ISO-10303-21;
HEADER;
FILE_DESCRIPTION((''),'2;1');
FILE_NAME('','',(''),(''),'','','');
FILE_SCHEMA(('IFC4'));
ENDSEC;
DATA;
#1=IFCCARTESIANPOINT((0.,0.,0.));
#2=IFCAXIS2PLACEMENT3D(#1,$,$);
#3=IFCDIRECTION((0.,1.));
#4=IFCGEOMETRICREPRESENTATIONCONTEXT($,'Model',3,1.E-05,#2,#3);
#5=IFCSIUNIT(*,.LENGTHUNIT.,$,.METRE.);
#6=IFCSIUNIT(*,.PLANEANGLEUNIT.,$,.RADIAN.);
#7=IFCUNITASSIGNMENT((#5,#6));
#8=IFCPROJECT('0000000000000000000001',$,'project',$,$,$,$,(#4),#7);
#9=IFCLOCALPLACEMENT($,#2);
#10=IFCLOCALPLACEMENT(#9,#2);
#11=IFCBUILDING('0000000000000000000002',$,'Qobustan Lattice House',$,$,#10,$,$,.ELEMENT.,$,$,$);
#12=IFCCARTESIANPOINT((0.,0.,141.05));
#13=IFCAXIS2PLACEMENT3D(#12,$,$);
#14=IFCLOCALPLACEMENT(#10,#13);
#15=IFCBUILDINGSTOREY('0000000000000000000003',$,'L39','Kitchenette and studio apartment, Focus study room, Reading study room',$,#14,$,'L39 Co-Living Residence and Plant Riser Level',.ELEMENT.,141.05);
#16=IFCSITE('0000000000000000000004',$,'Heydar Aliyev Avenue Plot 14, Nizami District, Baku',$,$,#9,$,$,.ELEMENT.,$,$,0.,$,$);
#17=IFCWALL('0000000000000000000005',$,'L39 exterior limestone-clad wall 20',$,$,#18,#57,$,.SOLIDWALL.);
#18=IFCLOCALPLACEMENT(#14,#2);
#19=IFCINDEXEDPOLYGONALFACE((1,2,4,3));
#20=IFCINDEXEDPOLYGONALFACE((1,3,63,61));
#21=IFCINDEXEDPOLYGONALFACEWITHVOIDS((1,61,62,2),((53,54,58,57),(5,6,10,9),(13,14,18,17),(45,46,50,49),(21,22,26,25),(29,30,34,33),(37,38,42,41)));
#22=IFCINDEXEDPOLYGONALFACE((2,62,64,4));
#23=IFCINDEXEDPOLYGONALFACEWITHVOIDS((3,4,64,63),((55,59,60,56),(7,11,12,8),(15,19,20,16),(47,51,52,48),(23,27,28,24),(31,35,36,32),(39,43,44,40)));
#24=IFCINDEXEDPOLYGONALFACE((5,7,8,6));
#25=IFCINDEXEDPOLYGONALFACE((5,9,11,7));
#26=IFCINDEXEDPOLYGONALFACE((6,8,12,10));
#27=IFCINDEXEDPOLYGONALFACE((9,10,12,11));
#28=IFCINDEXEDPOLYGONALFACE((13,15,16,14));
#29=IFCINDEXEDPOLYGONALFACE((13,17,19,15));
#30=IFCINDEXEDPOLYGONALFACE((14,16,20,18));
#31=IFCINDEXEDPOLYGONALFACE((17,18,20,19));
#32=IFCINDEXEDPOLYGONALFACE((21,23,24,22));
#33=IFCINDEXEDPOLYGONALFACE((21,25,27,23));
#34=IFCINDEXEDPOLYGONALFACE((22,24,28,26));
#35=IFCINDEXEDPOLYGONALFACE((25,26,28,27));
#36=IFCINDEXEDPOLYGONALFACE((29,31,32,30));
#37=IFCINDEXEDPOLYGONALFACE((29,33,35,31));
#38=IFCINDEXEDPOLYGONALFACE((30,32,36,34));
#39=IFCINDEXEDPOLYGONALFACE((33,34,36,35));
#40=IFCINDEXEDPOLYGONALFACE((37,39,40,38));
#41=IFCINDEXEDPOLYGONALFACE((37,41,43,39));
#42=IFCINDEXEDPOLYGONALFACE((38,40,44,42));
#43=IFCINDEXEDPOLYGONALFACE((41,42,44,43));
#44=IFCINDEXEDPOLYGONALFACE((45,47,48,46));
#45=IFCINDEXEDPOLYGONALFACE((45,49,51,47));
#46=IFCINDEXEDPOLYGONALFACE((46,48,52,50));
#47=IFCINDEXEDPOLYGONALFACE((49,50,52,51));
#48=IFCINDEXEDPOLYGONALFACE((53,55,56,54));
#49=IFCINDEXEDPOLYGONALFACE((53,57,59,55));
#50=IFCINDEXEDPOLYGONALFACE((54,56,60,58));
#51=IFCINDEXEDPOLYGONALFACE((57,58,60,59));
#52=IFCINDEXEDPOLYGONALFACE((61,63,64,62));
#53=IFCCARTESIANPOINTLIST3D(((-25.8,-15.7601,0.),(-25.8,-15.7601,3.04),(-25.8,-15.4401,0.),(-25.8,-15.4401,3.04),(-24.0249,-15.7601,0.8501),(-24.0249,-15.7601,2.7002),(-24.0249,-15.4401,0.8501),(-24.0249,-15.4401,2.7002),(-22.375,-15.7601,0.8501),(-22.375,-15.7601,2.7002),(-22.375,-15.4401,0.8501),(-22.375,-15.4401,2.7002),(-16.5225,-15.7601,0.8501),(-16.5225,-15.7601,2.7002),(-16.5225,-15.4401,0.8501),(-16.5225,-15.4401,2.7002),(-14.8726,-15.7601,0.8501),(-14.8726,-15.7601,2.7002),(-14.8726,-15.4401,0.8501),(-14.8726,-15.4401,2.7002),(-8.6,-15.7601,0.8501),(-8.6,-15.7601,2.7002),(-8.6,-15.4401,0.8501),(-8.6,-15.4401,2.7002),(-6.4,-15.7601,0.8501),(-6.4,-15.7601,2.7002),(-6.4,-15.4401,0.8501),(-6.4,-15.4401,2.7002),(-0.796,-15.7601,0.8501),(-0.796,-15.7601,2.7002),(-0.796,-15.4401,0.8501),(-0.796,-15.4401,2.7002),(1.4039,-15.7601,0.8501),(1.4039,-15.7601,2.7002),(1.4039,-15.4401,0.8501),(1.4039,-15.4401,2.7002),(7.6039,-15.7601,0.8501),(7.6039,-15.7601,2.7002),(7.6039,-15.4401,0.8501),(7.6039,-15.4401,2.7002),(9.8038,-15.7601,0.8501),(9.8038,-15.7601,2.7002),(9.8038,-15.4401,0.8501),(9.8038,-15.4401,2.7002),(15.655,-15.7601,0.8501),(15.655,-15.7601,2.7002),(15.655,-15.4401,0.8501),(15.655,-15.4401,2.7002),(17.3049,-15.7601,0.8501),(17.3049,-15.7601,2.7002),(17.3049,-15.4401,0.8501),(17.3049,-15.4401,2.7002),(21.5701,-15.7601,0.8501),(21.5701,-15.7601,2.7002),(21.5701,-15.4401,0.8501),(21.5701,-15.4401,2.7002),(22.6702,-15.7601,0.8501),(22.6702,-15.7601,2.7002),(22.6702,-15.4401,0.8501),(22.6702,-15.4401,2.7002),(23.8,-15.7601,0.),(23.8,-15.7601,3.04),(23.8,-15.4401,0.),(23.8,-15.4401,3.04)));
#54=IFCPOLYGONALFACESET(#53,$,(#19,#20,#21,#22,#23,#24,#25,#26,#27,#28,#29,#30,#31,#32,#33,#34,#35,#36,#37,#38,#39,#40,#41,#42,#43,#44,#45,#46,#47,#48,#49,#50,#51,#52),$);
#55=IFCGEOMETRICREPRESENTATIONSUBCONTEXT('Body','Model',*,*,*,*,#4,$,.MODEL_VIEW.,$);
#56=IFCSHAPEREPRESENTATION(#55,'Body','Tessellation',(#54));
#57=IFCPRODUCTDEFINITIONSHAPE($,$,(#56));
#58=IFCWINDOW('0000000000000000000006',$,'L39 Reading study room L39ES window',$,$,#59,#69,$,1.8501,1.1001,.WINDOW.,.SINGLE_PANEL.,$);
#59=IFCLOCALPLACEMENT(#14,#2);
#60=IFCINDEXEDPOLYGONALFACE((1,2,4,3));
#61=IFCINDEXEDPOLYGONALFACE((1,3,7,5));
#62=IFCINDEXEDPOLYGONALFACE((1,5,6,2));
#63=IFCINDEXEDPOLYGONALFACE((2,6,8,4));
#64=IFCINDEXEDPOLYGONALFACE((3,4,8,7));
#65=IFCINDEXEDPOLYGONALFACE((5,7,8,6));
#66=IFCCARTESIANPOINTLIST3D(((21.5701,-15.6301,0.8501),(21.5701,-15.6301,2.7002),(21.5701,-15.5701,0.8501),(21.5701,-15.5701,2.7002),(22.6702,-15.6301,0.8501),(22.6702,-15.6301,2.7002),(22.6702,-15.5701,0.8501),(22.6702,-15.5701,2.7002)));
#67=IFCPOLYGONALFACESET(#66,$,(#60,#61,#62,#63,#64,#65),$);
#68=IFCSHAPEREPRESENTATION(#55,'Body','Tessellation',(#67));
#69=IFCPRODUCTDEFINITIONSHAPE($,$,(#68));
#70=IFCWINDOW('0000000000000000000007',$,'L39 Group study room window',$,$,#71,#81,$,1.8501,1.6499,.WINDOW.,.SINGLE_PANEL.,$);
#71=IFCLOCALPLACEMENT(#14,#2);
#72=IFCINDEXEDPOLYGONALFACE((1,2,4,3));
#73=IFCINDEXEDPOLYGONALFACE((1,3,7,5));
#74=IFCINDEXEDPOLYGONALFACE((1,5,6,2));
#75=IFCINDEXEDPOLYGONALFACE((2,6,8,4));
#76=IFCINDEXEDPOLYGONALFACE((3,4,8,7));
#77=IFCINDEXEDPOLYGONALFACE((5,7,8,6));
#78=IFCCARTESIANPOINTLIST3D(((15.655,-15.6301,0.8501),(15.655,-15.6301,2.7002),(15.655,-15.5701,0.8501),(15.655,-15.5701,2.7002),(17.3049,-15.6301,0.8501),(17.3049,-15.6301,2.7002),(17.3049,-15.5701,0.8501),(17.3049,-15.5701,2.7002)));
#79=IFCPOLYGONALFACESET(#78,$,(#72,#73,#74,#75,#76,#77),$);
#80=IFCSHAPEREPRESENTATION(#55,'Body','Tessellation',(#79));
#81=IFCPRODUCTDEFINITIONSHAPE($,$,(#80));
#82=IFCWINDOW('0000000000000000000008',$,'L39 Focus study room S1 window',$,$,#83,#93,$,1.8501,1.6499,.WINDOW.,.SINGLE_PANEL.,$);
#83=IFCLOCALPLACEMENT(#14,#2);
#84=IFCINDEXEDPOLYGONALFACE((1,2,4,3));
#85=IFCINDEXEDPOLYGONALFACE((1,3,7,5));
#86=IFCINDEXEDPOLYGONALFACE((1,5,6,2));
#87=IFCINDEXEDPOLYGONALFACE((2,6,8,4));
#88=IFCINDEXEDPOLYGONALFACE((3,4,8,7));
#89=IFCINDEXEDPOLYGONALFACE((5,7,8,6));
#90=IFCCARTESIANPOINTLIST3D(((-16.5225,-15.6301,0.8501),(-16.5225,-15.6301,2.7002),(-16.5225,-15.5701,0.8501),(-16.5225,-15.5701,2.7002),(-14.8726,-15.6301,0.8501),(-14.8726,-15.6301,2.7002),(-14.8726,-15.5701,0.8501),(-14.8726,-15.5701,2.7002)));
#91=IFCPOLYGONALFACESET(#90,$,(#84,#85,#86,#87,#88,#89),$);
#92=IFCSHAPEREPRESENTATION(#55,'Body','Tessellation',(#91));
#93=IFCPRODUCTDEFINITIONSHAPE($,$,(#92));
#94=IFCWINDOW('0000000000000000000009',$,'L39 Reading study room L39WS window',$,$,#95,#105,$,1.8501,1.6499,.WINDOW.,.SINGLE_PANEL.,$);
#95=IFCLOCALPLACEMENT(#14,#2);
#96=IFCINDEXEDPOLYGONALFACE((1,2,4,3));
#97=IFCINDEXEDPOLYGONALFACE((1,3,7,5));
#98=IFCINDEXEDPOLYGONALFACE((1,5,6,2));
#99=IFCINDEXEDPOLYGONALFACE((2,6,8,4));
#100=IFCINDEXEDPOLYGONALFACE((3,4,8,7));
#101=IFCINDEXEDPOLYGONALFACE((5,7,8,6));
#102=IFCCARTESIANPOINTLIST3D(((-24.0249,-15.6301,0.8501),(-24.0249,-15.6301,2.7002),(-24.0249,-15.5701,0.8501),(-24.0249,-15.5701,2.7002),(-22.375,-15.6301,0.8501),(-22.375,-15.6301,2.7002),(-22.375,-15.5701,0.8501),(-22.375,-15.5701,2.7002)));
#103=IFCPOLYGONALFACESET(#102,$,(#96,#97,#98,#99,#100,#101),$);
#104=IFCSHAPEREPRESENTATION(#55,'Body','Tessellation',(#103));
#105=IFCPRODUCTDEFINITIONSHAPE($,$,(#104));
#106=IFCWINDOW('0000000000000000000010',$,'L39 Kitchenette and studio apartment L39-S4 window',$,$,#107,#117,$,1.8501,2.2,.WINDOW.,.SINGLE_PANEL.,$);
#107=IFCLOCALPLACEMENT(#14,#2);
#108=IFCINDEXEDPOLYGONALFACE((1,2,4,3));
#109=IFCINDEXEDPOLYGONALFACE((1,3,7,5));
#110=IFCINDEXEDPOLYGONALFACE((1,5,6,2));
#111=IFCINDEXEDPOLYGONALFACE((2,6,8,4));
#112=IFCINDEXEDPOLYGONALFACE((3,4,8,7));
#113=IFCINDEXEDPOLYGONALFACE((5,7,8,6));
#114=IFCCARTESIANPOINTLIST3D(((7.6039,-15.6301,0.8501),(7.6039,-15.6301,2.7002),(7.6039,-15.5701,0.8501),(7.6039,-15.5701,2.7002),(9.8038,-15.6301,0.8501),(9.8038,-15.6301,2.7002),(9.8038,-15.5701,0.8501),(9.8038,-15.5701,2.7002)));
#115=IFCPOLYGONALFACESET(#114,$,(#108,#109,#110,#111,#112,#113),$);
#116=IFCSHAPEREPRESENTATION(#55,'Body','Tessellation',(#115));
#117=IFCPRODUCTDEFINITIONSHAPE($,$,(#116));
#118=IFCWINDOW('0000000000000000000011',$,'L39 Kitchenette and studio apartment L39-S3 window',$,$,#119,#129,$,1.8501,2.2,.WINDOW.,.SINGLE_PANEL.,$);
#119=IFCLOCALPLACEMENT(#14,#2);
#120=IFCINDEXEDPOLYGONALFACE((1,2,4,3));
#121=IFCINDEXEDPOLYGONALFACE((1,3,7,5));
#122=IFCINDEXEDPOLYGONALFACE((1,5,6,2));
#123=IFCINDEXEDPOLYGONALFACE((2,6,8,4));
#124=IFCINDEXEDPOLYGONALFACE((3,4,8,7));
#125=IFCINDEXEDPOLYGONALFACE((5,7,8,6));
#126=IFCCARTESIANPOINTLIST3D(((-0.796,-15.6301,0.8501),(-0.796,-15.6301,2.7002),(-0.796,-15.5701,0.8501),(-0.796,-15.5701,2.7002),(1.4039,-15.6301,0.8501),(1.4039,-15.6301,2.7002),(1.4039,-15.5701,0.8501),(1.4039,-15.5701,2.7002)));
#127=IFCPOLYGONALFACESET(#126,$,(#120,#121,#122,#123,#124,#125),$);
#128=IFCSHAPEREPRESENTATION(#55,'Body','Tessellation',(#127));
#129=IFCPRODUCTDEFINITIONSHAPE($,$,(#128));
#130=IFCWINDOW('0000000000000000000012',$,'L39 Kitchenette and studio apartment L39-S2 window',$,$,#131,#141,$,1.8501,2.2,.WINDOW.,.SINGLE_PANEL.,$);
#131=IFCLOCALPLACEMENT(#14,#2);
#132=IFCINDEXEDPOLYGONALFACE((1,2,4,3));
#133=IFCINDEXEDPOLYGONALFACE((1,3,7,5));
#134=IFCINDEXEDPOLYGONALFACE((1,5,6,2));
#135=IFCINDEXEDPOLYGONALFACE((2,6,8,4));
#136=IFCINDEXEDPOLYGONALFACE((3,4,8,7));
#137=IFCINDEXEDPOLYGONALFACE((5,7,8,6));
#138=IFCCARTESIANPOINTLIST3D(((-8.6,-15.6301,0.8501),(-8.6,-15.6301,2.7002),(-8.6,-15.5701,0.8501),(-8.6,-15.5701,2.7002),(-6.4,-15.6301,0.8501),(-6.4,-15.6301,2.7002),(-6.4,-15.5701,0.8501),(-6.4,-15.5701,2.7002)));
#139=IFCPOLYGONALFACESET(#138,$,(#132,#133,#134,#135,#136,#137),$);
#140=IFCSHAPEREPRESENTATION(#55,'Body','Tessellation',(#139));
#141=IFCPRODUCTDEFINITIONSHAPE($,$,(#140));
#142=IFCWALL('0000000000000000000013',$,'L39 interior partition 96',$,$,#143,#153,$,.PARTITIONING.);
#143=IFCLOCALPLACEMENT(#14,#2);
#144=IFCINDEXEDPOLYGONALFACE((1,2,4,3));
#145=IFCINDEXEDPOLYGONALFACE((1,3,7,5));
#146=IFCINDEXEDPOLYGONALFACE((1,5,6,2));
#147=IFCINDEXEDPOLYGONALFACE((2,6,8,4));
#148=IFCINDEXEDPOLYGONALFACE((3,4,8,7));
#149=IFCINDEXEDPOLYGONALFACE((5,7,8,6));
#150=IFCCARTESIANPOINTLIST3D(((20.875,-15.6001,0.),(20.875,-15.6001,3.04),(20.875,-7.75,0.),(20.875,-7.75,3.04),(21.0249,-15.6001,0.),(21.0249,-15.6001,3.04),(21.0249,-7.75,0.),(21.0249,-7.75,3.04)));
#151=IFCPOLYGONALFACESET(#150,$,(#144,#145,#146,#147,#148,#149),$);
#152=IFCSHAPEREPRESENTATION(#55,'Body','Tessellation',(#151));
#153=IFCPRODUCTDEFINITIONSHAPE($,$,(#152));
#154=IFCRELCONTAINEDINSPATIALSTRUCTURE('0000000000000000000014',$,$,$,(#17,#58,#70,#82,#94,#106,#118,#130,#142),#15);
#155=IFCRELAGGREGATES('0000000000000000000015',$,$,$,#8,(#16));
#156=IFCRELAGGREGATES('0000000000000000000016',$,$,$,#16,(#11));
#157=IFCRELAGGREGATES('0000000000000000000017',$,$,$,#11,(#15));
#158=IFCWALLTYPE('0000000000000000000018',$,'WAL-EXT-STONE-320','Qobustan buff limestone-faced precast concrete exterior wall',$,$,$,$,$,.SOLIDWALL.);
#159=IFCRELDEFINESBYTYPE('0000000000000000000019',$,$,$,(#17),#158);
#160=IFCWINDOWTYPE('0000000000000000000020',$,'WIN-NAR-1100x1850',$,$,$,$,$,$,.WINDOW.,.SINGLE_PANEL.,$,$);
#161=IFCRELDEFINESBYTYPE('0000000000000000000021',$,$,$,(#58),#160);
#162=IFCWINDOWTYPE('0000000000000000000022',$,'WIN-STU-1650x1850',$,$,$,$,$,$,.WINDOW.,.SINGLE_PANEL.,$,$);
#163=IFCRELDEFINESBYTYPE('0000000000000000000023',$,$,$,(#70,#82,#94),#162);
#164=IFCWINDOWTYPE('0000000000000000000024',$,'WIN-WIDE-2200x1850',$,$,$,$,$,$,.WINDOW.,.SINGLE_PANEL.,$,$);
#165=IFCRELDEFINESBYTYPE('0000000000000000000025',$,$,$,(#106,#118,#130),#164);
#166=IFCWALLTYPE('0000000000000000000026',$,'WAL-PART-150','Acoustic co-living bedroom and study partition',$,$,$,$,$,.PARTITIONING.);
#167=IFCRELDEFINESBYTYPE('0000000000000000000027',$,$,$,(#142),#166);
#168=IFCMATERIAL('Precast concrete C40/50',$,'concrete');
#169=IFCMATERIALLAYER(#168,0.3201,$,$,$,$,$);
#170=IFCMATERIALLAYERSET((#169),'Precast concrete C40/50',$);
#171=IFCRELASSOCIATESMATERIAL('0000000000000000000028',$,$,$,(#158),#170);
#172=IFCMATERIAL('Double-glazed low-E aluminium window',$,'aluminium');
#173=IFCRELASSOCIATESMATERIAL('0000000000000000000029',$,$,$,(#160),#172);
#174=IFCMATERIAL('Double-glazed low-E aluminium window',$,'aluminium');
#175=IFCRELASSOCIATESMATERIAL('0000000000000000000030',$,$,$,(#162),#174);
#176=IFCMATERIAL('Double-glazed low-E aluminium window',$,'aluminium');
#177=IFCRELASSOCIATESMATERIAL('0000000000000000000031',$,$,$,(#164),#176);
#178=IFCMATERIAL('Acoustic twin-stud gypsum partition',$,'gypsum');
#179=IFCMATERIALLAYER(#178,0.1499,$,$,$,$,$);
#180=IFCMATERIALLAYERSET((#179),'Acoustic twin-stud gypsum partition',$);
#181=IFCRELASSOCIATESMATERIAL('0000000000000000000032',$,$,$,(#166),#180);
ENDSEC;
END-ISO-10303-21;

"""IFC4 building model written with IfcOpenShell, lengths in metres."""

from ifc_helpers import new_model, si_unit, direction, frame, frame_2d, origin, place, context, subcontext, project, spatial, rectangle, extrude, material, layer, layer_set, type_object, element, fill, save


model = new_model("IFC4")

# Units and contexts
model_context = context("Model", 3, precision=1e-05, world=origin(), true_north=direction((0.0, 1.0)))
body_context = subcontext(model_context, "Body", "Model", "MODEL_VIEW")
ifc_project = project(units=[si_unit("LENGTHUNIT", "METRE"), si_unit("PLANEANGLEUNIT", "RADIAN")], contexts=[model_context])

# Site, building, storey
site_placement = place(None, origin())
site = spatial("IfcSite", under=ifc_project, at=site_placement, Name="Heydar Aliyev Avenue Plot 14, Nizami District, Baku", CompositionType="ELEMENT", RefElevation=0.0)
building_placement = place(site_placement, origin())
building = spatial("IfcBuilding", under=site, at=building_placement, Name="Qobustan Lattice House", CompositionType="ELEMENT")
storey_placement = place(building_placement, frame((0.0, 0.0, 141.05)))
storey = spatial("IfcBuildingStorey", under=building, at=storey_placement, Name="L39", Description="Kitchenette and studio apartment, Focus study room, Reading study room", LongName="L39 Co-Living Residence and Plant Riser Level", CompositionType="ELEMENT", Elevation=141.05)

# Shared definitions
ifc_material_1 = material(Name="Precast concrete C40/50", Category="concrete")
ifc_layer_1 = layer(ifc_material_1, 0.3201)
ifc_layer_set_1 = layer_set([ifc_layer_1], Name="Precast concrete C40/50")
wall_type_1 = type_object("IfcWallType", Name="WAL-EXT-STONE-320", Description="Qobustan buff limestone-faced precast concrete exterior wall", PredefinedType="SOLIDWALL", material=ifc_layer_set_1)

# Wall, openings, windows
wall_1_placement = place(storey_placement, frame((23.8, -15.6001, 0.0), z_axis=(0.0, 0.0, 1.0), x_axis=(-1.0, 0.0, 0.0)))
wall_1 = element("IfcWall", 1, at=wall_1_placement, inside=storey, type_object=wall_type_1, Name="L39 exterior limestone-clad wall 20", PredefinedType="SOLIDWALL", context=body_context, shape_type="SweptSolid", body=[
    extrude(rectangle(XDim=49.6001, YDim=0.3201, at=frame_2d((24.8, 0.0))), origin(), (0.0, 0.0, 1.0), 3.04),
])
opening_1_placement = place(wall_1_placement, frame((1.1299, 0.0, 0.8501)))
opening_1 = element("IfcOpeningElement", 2, at=opening_1_placement, cuts=wall_1, PredefinedType="OPENING", context=body_context, shape_type="SweptSolid", body=[
    extrude(rectangle(XDim=1.1001, YDim=1.8501, at=frame_2d((0.55, 0.925))), frame((0.0, 0.1699, 0.0), z_axis=(0.0, -1.0, 0.0), x_axis=(1.0, 0.0, 0.0)), (0.0, 0.0, 1.0), 0.3401),
])
opening_2_placement = place(wall_1_placement, frame((6.4951, 0.0, 0.8501)))
opening_2 = element("IfcOpeningElement", 3, at=opening_2_placement, cuts=wall_1, PredefinedType="OPENING", context=body_context, shape_type="SweptSolid", body=[
    extrude(rectangle(XDim=1.6499, YDim=1.8501, at=frame_2d((0.825, 0.925))), frame((0.0, 0.1699, 0.0), z_axis=(0.0, -1.0, 0.0), x_axis=(1.0, 0.0, 0.0)), (0.0, 0.0, 1.0), 0.3401),
])
opening_3_placement = place(wall_1_placement, frame((13.9961, 0.0, 0.8501)))
opening_3 = element("IfcOpeningElement", 4, at=opening_3_placement, cuts=wall_1, PredefinedType="OPENING", context=body_context, shape_type="SweptSolid", body=[
    extrude(rectangle(XDim=2.2, YDim=1.8501, at=frame_2d((1.1001, 0.925))), frame((0.0, 0.1699, 0.0), z_axis=(0.0, -1.0, 0.0), x_axis=(1.0, 0.0, 0.0)), (0.0, 0.0, 1.0), 0.3401),
])
opening_4_placement = place(wall_1_placement, frame((22.396, 0.0, 0.8501)))
opening_4 = element("IfcOpeningElement", 5, at=opening_4_placement, cuts=wall_1, PredefinedType="OPENING", context=body_context, shape_type="SweptSolid", body=[
    extrude(rectangle(XDim=2.2, YDim=1.8501, at=frame_2d((1.1001, 0.925))), frame((0.0, 0.1699, 0.0), z_axis=(0.0, -1.0, 0.0), x_axis=(1.0, 0.0, 0.0)), (0.0, 0.0, 1.0), 0.3401),
])
opening_5_placement = place(wall_1_placement, frame((30.2, 0.0, 0.8501)))
opening_5 = element("IfcOpeningElement", 6, at=opening_5_placement, cuts=wall_1, PredefinedType="OPENING", context=body_context, shape_type="SweptSolid", body=[
    extrude(rectangle(XDim=2.2, YDim=1.8501, at=frame_2d((1.1001, 0.925))), frame((0.0, 0.1699, 0.0), z_axis=(0.0, -1.0, 0.0), x_axis=(1.0, 0.0, 0.0)), (0.0, 0.0, 1.0), 0.3401),
])
opening_6_placement = place(wall_1_placement, frame((38.6726, 0.0, 0.8501)))
opening_6 = element("IfcOpeningElement", 7, at=opening_6_placement, cuts=wall_1, PredefinedType="OPENING", context=body_context, shape_type="SweptSolid", body=[
    extrude(rectangle(XDim=1.6499, YDim=1.8501, at=frame_2d((0.825, 0.925))), frame((0.0, 0.1699, 0.0), z_axis=(0.0, -1.0, 0.0), x_axis=(1.0, 0.0, 0.0)), (0.0, 0.0, 1.0), 0.3401),
])
opening_7_placement = place(wall_1_placement, frame((46.175, 0.0, 0.8501)))
opening_7 = element("IfcOpeningElement", 8, at=opening_7_placement, cuts=wall_1, PredefinedType="OPENING", context=body_context, shape_type="SweptSolid", body=[
    extrude(rectangle(XDim=1.6499, YDim=1.8501, at=frame_2d((0.825, 0.925))), frame((0.0, 0.1699, 0.0), z_axis=(0.0, -1.0, 0.0), x_axis=(1.0, 0.0, 0.0)), (0.0, 0.0, 1.0), 0.3401),
])
ifc_material_2 = material(Name="Double-glazed low-E aluminium window", Category="aluminium")
window_type_1 = type_object("IfcWindowType", Name="WIN-NAR-1100x1850", PartitioningType="SINGLE_PANEL", PredefinedType="WINDOW", material=ifc_material_2)
window_1_placement = place(opening_1_placement, origin())
window_1 = element("IfcWindow", 9, at=window_1_placement, inside=storey, type_object=window_type_1, Name="L39 Reading study room L39ES window", OverallHeight=1.8501, OverallWidth=1.1001, PartitioningType="SINGLE_PANEL", PredefinedType="WINDOW", context=body_context, shape_type="SweptSolid", body=[
    extrude(rectangle(XDim=1.1001, YDim=1.8501, at=frame_2d((0.55, 0.925))), frame((0.0, 0.03, 0.0), z_axis=(0.0, -1.0, 0.0), x_axis=(1.0, 0.0, 0.0)), (0.0, 0.0, 1.0), 0.0601),
])
fill(opening_1, window_1)
ifc_material_3 = material(Name="Double-glazed low-E aluminium window", Category="aluminium")
window_type_2 = type_object("IfcWindowType", Name="WIN-STU-1650x1850", PartitioningType="SINGLE_PANEL", PredefinedType="WINDOW", material=ifc_material_3)
window_2_placement = place(opening_2_placement, origin())
window_2 = element("IfcWindow", 10, at=window_2_placement, inside=storey, type_object=window_type_2, Name="L39 Group study room window", OverallHeight=1.8501, OverallWidth=1.6499, PartitioningType="SINGLE_PANEL", PredefinedType="WINDOW", context=body_context, shape_type="SweptSolid", body=[
    extrude(rectangle(XDim=1.6499, YDim=1.8501, at=frame_2d((0.825, 0.925))), frame((0.0, 0.03, 0.0), z_axis=(0.0, -1.0, 0.0), x_axis=(1.0, 0.0, 0.0)), (0.0, 0.0, 1.0), 0.0601),
])
fill(opening_2, window_2)
window_3_placement = place(opening_6_placement, origin())
window_3 = element("IfcWindow", 11, at=window_3_placement, inside=storey, type_object=window_type_2, Name="L39 Focus study room S1 window", OverallHeight=1.8501, OverallWidth=1.6499, PartitioningType="SINGLE_PANEL", PredefinedType="WINDOW", context=body_context, shape_type="SweptSolid", body=[
    extrude(rectangle(XDim=1.6499, YDim=1.8501, at=frame_2d((0.825, 0.925))), frame((0.0, 0.03, 0.0), z_axis=(0.0, -1.0, 0.0), x_axis=(1.0, 0.0, 0.0)), (0.0, 0.0, 1.0), 0.0601),
])
fill(opening_6, window_3)
window_4_placement = place(opening_7_placement, origin())
window_4 = element("IfcWindow", 12, at=window_4_placement, inside=storey, type_object=window_type_2, Name="L39 Reading study room L39WS window", OverallHeight=1.8501, OverallWidth=1.6499, PartitioningType="SINGLE_PANEL", PredefinedType="WINDOW", context=body_context, shape_type="SweptSolid", body=[
    extrude(rectangle(XDim=1.6499, YDim=1.8501, at=frame_2d((0.825, 0.925))), frame((0.0, 0.03, 0.0), z_axis=(0.0, -1.0, 0.0), x_axis=(1.0, 0.0, 0.0)), (0.0, 0.0, 1.0), 0.0601),
])
fill(opening_7, window_4)
ifc_material_4 = material(Name="Double-glazed low-E aluminium window", Category="aluminium")
window_type_3 = type_object("IfcWindowType", Name="WIN-WIDE-2200x1850", PartitioningType="SINGLE_PANEL", PredefinedType="WINDOW", material=ifc_material_4)
window_5_placement = place(opening_3_placement, origin())
window_5 = element("IfcWindow", 13, at=window_5_placement, inside=storey, type_object=window_type_3, Name="L39 Kitchenette and studio apartment L39-S4 window", OverallHeight=1.8501, OverallWidth=2.2, PartitioningType="SINGLE_PANEL", PredefinedType="WINDOW", context=body_context, shape_type="SweptSolid", body=[
    extrude(rectangle(XDim=2.2, YDim=1.8501, at=frame_2d((1.1001, 0.925))), frame((0.0, 0.03, 0.0), z_axis=(0.0, -1.0, 0.0), x_axis=(1.0, 0.0, 0.0)), (0.0, 0.0, 1.0), 0.0601),
])
fill(opening_3, window_5)
window_6_placement = place(opening_4_placement, origin())
window_6 = element("IfcWindow", 14, at=window_6_placement, inside=storey, type_object=window_type_3, Name="L39 Kitchenette and studio apartment L39-S3 window", OverallHeight=1.8501, OverallWidth=2.2, PartitioningType="SINGLE_PANEL", PredefinedType="WINDOW", context=body_context, shape_type="SweptSolid", body=[
    extrude(rectangle(XDim=2.2, YDim=1.8501, at=frame_2d((1.1001, 0.925))), frame((0.0, 0.03, 0.0), z_axis=(0.0, -1.0, 0.0), x_axis=(1.0, 0.0, 0.0)), (0.0, 0.0, 1.0), 0.0601),
])
fill(opening_4, window_6)
window_7_placement = place(opening_5_placement, origin())
window_7 = element("IfcWindow", 15, at=window_7_placement, inside=storey, type_object=window_type_3, Name="L39 Kitchenette and studio apartment L39-S2 window", OverallHeight=1.8501, OverallWidth=2.2, PartitioningType="SINGLE_PANEL", PredefinedType="WINDOW", context=body_context, shape_type="SweptSolid", body=[
    extrude(rectangle(XDim=2.2, YDim=1.8501, at=frame_2d((1.1001, 0.925))), frame((0.0, 0.03, 0.0), z_axis=(0.0, -1.0, 0.0), x_axis=(1.0, 0.0, 0.0)), (0.0, 0.0, 1.0), 0.0601),
])
fill(opening_5, window_7)

# Wall
ifc_material_5 = material(Name="Acoustic twin-stud gypsum partition", Category="gypsum")
ifc_layer_2 = layer(ifc_material_5, 0.1499)
ifc_layer_set_2 = layer_set([ifc_layer_2], Name="Acoustic twin-stud gypsum partition")
wall_type_2 = type_object("IfcWallType", Name="WAL-PART-150", Description="Acoustic co-living bedroom and study partition", PredefinedType="PARTITIONING", material=ifc_layer_set_2)
wall_2_placement = place(storey_placement, frame((20.95, -15.6001, 0.0), z_axis=(0.0, 0.0, 1.0), x_axis=(0.0, 1.0, 0.0)))
element("IfcWall", 16, at=wall_2_placement, inside=storey, type_object=wall_type_2, Name="L39 interior partition 96", PredefinedType="PARTITIONING", context=body_context, shape_type="SweptSolid", body=[
    extrude(rectangle(XDim=7.8501, YDim=0.1499, at=frame_2d((3.925, 0.0))), origin(), (0.0, 0.0, 1.0), 3.04),
])

save(model, "model.ifc")
